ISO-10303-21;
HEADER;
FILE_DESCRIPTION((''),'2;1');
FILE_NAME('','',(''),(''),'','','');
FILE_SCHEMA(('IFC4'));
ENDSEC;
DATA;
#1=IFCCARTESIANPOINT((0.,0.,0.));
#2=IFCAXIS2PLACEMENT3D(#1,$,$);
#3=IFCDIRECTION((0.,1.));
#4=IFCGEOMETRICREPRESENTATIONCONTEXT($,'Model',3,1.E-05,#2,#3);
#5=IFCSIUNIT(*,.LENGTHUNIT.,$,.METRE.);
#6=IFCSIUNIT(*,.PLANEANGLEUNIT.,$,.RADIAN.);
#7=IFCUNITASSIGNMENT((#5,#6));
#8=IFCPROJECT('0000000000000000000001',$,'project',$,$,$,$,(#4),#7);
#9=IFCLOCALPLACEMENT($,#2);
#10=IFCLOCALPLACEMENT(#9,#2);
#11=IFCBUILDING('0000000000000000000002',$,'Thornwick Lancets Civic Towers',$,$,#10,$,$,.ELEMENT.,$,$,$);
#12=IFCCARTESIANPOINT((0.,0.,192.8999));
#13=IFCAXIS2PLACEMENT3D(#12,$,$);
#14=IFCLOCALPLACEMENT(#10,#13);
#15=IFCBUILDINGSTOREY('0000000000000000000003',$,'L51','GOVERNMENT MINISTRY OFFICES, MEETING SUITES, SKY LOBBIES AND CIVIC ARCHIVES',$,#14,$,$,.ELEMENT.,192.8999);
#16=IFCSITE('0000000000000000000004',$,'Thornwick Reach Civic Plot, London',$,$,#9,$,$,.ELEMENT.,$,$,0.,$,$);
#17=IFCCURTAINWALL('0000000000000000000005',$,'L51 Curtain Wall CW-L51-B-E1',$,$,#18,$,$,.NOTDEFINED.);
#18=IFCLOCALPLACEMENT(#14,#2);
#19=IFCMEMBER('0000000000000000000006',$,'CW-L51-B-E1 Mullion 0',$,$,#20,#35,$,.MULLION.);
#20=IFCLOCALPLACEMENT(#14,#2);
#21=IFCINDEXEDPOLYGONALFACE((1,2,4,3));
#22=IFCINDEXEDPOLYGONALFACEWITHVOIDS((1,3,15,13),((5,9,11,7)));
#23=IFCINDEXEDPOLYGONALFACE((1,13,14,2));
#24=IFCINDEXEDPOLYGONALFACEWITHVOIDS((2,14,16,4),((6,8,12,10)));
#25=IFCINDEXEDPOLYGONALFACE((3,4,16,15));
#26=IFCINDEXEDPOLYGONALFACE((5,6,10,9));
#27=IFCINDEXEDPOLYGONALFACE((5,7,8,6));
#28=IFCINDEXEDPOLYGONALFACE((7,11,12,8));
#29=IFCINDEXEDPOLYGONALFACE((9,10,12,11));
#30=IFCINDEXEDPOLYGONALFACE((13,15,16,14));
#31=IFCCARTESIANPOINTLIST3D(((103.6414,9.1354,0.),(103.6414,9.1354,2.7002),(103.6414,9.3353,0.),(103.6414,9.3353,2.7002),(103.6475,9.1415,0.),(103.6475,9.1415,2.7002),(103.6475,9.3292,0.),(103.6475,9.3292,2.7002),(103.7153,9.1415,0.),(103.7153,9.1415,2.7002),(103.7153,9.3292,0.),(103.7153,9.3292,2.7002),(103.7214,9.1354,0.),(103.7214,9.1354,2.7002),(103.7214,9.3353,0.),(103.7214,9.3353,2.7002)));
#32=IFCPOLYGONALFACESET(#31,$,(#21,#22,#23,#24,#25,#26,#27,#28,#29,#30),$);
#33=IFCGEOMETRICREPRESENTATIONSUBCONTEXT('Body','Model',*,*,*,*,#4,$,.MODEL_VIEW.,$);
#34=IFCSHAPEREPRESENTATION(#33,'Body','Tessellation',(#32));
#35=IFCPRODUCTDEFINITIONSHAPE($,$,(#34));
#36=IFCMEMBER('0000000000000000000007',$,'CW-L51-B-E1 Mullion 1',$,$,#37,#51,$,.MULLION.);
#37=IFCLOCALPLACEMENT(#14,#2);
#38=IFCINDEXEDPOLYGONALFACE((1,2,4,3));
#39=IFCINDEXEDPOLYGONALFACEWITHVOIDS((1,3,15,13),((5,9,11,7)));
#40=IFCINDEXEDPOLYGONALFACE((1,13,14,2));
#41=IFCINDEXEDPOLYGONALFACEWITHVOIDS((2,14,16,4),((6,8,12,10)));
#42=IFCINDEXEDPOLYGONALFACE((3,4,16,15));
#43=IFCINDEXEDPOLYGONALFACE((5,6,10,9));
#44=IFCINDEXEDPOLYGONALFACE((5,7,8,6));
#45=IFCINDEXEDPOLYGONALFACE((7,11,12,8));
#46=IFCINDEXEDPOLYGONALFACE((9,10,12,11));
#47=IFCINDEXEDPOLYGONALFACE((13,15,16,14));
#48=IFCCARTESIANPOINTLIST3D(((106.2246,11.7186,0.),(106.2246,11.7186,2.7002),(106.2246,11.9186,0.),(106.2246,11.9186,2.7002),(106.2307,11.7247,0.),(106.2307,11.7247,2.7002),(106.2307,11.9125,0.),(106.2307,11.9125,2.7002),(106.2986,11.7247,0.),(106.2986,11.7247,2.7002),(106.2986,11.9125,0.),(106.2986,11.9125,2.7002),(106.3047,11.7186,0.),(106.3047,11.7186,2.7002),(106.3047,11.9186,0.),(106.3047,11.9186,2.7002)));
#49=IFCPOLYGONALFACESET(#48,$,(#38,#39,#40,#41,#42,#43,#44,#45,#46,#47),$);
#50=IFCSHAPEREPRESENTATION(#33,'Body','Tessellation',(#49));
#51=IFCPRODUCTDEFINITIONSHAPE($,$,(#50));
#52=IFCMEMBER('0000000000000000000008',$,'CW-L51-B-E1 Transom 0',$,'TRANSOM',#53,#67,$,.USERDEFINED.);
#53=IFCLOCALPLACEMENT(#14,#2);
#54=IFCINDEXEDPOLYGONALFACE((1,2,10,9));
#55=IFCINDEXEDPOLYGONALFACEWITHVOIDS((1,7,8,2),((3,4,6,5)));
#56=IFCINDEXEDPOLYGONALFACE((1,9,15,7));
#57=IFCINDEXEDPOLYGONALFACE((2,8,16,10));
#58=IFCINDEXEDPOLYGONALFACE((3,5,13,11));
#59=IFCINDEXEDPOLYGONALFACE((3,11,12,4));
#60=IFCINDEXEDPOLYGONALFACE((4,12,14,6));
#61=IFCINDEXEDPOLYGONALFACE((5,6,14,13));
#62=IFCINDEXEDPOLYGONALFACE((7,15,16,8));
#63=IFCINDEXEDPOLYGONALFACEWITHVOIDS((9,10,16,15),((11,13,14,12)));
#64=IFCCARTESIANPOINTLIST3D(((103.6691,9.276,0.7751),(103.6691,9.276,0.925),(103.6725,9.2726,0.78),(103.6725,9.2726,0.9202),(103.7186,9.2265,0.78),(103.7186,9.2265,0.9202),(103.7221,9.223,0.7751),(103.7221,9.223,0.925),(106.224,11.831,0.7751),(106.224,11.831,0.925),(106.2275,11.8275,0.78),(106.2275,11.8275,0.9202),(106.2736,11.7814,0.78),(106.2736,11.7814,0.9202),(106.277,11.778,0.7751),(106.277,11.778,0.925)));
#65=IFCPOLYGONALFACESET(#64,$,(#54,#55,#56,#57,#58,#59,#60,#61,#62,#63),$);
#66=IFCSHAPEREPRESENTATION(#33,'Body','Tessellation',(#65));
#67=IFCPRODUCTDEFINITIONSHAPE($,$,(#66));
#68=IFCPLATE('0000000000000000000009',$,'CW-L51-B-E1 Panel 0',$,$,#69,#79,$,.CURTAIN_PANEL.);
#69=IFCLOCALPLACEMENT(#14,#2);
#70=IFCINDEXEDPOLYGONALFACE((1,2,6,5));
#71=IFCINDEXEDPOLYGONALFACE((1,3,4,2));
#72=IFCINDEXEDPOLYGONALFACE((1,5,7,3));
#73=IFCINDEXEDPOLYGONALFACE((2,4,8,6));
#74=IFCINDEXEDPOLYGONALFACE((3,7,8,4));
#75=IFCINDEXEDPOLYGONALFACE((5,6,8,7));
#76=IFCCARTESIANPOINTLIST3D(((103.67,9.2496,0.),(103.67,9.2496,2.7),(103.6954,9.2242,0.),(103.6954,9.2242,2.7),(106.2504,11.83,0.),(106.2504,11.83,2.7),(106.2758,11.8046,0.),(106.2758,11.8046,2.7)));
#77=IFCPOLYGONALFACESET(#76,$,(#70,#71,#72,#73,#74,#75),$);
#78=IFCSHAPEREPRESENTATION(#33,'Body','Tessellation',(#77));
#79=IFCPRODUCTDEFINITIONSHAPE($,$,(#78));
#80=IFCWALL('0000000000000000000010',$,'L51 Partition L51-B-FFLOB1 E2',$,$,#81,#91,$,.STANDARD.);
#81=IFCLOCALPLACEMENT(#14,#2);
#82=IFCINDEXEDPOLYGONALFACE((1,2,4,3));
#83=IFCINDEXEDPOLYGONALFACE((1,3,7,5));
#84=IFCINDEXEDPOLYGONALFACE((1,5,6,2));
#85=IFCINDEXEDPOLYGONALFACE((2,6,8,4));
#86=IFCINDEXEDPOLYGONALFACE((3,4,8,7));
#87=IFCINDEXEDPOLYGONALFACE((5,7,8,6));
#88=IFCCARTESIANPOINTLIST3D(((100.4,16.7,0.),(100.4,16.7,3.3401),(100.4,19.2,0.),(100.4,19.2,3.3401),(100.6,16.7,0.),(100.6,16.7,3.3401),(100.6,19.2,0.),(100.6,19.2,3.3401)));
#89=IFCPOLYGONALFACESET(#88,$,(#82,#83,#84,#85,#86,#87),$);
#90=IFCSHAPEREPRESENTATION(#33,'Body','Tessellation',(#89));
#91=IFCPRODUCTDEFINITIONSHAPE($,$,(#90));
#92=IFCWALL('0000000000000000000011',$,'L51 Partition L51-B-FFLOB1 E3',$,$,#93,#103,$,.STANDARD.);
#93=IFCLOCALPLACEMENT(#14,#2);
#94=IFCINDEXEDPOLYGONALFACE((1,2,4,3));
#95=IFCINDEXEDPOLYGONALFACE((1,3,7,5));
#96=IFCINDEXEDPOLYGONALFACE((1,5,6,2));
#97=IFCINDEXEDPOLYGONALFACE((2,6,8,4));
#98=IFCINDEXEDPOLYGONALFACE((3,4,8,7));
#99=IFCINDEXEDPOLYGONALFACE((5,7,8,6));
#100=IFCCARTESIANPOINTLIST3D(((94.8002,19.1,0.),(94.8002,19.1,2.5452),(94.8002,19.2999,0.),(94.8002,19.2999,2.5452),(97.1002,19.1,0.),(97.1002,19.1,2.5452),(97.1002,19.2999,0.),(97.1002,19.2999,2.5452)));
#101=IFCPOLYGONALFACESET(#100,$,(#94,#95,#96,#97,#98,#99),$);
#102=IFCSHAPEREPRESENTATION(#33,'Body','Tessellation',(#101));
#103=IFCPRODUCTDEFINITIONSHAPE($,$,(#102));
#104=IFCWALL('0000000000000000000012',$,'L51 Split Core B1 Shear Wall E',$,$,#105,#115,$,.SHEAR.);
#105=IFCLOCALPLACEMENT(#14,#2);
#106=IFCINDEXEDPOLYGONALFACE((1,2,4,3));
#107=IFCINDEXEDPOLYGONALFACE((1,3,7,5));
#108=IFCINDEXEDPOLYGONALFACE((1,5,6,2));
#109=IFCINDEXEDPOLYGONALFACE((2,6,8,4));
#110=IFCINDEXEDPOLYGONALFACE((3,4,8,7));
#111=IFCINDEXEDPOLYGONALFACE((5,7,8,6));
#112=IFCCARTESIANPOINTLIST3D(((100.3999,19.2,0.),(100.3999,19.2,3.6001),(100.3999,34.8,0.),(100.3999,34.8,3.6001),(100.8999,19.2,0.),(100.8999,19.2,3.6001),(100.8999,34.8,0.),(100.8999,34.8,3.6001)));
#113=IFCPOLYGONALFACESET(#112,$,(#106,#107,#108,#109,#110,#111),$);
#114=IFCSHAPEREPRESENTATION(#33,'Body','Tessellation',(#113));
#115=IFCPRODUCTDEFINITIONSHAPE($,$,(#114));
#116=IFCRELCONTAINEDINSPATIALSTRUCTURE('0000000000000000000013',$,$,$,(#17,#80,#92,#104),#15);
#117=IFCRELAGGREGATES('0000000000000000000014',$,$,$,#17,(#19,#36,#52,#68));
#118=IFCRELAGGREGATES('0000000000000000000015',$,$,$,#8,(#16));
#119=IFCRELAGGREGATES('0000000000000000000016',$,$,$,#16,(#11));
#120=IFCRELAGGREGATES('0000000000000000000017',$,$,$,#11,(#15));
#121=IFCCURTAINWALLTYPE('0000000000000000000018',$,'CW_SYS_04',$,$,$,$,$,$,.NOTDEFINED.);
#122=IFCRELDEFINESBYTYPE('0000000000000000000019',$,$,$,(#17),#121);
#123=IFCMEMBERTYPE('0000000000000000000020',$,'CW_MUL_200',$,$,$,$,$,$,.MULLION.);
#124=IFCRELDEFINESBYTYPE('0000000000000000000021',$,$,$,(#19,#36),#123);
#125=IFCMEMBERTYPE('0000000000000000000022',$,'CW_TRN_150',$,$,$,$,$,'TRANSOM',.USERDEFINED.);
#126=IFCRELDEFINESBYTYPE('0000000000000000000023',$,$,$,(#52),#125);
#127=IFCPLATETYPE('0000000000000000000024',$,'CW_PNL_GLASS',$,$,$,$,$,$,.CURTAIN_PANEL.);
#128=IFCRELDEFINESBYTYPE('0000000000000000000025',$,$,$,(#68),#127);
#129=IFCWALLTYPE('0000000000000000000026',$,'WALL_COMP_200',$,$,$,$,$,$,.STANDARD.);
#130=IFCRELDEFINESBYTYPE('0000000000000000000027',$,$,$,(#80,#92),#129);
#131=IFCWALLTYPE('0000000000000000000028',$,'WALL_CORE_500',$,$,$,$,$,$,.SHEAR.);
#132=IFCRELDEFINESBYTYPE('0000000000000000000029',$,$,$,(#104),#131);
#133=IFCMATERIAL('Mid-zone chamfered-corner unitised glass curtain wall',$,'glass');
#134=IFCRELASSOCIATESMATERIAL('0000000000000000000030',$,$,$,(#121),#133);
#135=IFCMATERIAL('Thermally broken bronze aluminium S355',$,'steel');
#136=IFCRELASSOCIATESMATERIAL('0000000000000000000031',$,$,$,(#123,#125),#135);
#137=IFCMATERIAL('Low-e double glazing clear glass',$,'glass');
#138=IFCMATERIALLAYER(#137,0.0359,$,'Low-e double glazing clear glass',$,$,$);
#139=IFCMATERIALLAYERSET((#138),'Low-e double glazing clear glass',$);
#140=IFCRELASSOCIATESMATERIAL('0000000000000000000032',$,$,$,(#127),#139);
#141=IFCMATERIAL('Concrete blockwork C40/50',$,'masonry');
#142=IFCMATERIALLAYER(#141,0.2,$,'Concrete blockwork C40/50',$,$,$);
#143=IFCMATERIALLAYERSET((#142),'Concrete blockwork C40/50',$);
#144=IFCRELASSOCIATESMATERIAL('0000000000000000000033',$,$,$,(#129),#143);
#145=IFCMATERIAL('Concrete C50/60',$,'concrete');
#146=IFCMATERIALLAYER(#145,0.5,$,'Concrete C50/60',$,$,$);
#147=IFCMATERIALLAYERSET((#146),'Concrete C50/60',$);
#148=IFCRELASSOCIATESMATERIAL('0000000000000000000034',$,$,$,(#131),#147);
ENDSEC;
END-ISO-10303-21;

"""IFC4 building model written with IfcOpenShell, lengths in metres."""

from ifc_helpers import new_model, si_unit, direction, frame, frame_2d, origin, origin_2d, place, context, subcontext, project, spatial, rectangle, hollow_rectangle, extrude, material, layer, layer_set, material_profile, profile_set, type_object, element, aggregate, save


model = new_model("IFC4")

# Units and contexts
model_context = context("Model", 3, precision=1e-05, world=origin(), true_north=direction((0.0, 1.0)))
body_context = subcontext(model_context, "Body", "Model", "MODEL_VIEW")
ifc_project = project(units=[si_unit("LENGTHUNIT", "METRE"), si_unit("PLANEANGLEUNIT", "RADIAN")], contexts=[model_context])

# Site, building, storey
site_placement = place(None, origin())
site = spatial("IfcSite", under=ifc_project, at=site_placement, Name="Thornwick Reach Civic Plot, London", CompositionType="ELEMENT", RefElevation=0.0)
building_placement = place(site_placement, origin())
building = spatial("IfcBuilding", under=site, at=building_placement, Name="Thornwick Lancets Civic Towers", CompositionType="ELEMENT")
storey_placement = place(building_placement, frame((0.0, 0.0, 192.8999)))
storey = spatial("IfcBuildingStorey", under=building, at=storey_placement, Name="L51", Description="GOVERNMENT MINISTRY OFFICES, MEETING SUITES, SKY LOBBIES AND CIVIC ARCHIVES", CompositionType="ELEMENT", Elevation=192.8999)

# Shared definitions
ifc_material_1 = material(Name="Concrete C50/60", Category="concrete")

# Curtain wall, members, plate
ifc_material_2 = material(Name="Mid-zone chamfered-corner unitised glass curtain wall", Category="glass")
curtain_wall_type = type_object("IfcCurtainWallType", Name="CW_SYS_04", PredefinedType="NOTDEFINED", material=ifc_material_2)
curtain_wall_placement = place(storey_placement, origin())
curtain_wall = element("IfcCurtainWall", 1, at=curtain_wall_placement, inside=storey, type_object=curtain_wall_type, Name="L51 Curtain Wall CW-L51-B-E1", PredefinedType="NOTDEFINED")
ifc_material_3 = material(Name="Thermally broken bronze aluminium S355", Category="steel")
ifc_material_profile_1 = material_profile(ifc_material_3, hollow_rectangle(XDim=0.0801, YDim=0.2, WallThickness=0.0061, at=origin_2d()), Name="RHS 200x80x6")
ifc_profile_set_1 = profile_set([ifc_material_profile_1], Name="Thermally broken bronze aluminium S355")
member_type_1 = type_object("IfcMemberType", Name="CW_MUL_200", PredefinedType="MULLION", material=ifc_profile_set_1)
member_1_placement = place(storey_placement, frame((103.6814, 9.2354, 0.0), z_axis=(0.0, 0.0, 1.0), x_axis=(1.0, 0.0, 0.0)))
member_1 = element("IfcMember", 2, at=member_1_placement, type_object=member_type_1, Name="CW-L51-B-E1 Mullion 0", PredefinedType="MULLION", context=body_context, shape_type="SweptSolid", body=[
    extrude(hollow_rectangle(XDim=0.0801, YDim=0.2, WallThickness=0.0061, at=origin_2d()), origin(), (0.0, 0.0, 1.0), 2.7002),
])
member_2_placement = place(storey_placement, frame((106.2646, 11.8186, 0.0), z_axis=(0.0, 0.0, 1.0), x_axis=(1.0, 0.0, 0.0)))
member_2 = element("IfcMember", 3, at=member_2_placement, type_object=member_type_1, Name="CW-L51-B-E1 Mullion 1", PredefinedType="MULLION", context=body_context, shape_type="SweptSolid", body=[
    extrude(hollow_rectangle(XDim=0.0801, YDim=0.2, WallThickness=0.0061, at=origin_2d()), origin(), (0.0, 0.0, 1.0), 2.7002),
])
ifc_material_profile_2 = material_profile(ifc_material_3, hollow_rectangle(XDim=0.075, YDim=0.1499, WallThickness=0.0049, at=origin_2d()), Name="RHS 150x75x5")
ifc_profile_set_2 = profile_set([ifc_material_profile_2], Name="Thermally broken bronze aluminium S355")
member_type_2 = type_object("IfcMemberType", Name="CW_TRN_150", ElementType="TRANSOM", PredefinedType="USERDEFINED", material=ifc_profile_set_2)
member_3_placement = place(storey_placement, frame((103.6956, 9.2495, 0.8501), z_axis=(0.707107, 0.707107, 0.0), x_axis=(-0.707107, 0.707107, 0.0)))
member_3 = element("IfcMember", 4, at=member_3_placement, type_object=member_type_2, Name="CW-L51-B-E1 Transom 0", ObjectType="TRANSOM", PredefinedType="USERDEFINED", context=body_context, shape_type="SweptSolid", body=[
    extrude(hollow_rectangle(XDim=0.075, YDim=0.1499, WallThickness=0.0049, at=origin_2d()), origin(), (0.0, 0.0, 1.0), 3.6133),
])
ifc_material_4 = material(Name="Low-e double glazing clear glass", Category="glass")
ifc_layer_1 = layer(ifc_material_4, 0.0359, Name="Low-e double glazing clear glass")
ifc_layer_set_1 = layer_set([ifc_layer_1], Name="Low-e double glazing clear glass")
plate_type = type_object("IfcPlateType", Name="CW_PNL_GLASS", PredefinedType="CURTAIN_PANEL", material=ifc_layer_set_1)
plate_placement = place(storey_placement, frame((104.9729, 10.5271, 0.0), z_axis=(0.0, 0.0, 1.0), x_axis=(0.707107, 0.707107, 0.0)))
plate = element("IfcPlate", 5, at=plate_placement, type_object=plate_type, Name="CW-L51-B-E1 Panel 0", PredefinedType="CURTAIN_PANEL", context=body_context, shape_type="SweptSolid", body=[
    extrude(rectangle(XDim=3.6492, YDim=0.0359, at=origin_2d()), origin(), (0.0, 0.0, 1.0), 2.7),
])
aggregate(curtain_wall, [member_1, member_2, member_3, plate])

# Walls
ifc_material_5 = material(Name="Concrete blockwork C40/50", Category="masonry")
ifc_layer_2 = layer(ifc_material_5, 0.2, Name="Concrete blockwork C40/50")
ifc_layer_set_2 = layer_set([ifc_layer_2], Name="Concrete blockwork C40/50")
wall_type_1 = type_object("IfcWallType", Name="WALL_COMP_200", PredefinedType="STANDARD", material=ifc_layer_set_2)
wall_1_placement = place(storey_placement, frame((100.5, 16.7, 0.0), z_axis=(0.0, 0.0, 1.0), x_axis=(0.0, 1.0, 0.0)))
element("IfcWall", 6, at=wall_1_placement, inside=storey, type_object=wall_type_1, Name="L51 Partition L51-B-FFLOB1 E2", PredefinedType="STANDARD", context=body_context, shape_type="SweptSolid", body=[
    extrude(rectangle(XDim=2.5, YDim=0.2, at=frame_2d((1.25, 0.0))), origin(), (0.0, 0.0, 1.0), 3.3401),
])
wall_2_placement = place(storey_placement, frame((97.1001, 19.2, 0.0), z_axis=(0.0, 0.0, 1.0), x_axis=(-1.0, 0.0, 0.0)))
element("IfcWall", 7, at=wall_2_placement, inside=storey, type_object=wall_type_1, Name="L51 Partition L51-B-FFLOB1 E3", PredefinedType="STANDARD", context=body_context, shape_type="SweptSolid", body=[
    extrude(rectangle(XDim=2.3, YDim=0.2, at=frame_2d((1.1499, 0.0))), origin(), (0.0, 0.0, 1.0), 2.5452),
])
ifc_layer_3 = layer(ifc_material_1, 0.5, Name="Concrete C50/60")
ifc_layer_set_3 = layer_set([ifc_layer_3], Name="Concrete C50/60")
wall_type_2 = type_object("IfcWallType", Name="WALL_CORE_500", PredefinedType="SHEAR", material=ifc_layer_set_3)
wall_3_placement = place(storey_placement, frame((100.6499, 19.2, 0.0), z_axis=(0.0, 0.0, 1.0), x_axis=(0.0, 1.0, 0.0)))
element("IfcWall", 8, at=wall_3_placement, inside=storey, type_object=wall_type_2, Name="L51 Split Core B1 Shear Wall E", PredefinedType="SHEAR", context=body_context, shape_type="SweptSolid", body=[
    extrude(rectangle(XDim=15.6001, YDim=0.5, at=frame_2d((7.8, 0.0))), origin(), (0.0, 0.0, 1.0), 3.6001),
])

save(model, "model.ifc")
